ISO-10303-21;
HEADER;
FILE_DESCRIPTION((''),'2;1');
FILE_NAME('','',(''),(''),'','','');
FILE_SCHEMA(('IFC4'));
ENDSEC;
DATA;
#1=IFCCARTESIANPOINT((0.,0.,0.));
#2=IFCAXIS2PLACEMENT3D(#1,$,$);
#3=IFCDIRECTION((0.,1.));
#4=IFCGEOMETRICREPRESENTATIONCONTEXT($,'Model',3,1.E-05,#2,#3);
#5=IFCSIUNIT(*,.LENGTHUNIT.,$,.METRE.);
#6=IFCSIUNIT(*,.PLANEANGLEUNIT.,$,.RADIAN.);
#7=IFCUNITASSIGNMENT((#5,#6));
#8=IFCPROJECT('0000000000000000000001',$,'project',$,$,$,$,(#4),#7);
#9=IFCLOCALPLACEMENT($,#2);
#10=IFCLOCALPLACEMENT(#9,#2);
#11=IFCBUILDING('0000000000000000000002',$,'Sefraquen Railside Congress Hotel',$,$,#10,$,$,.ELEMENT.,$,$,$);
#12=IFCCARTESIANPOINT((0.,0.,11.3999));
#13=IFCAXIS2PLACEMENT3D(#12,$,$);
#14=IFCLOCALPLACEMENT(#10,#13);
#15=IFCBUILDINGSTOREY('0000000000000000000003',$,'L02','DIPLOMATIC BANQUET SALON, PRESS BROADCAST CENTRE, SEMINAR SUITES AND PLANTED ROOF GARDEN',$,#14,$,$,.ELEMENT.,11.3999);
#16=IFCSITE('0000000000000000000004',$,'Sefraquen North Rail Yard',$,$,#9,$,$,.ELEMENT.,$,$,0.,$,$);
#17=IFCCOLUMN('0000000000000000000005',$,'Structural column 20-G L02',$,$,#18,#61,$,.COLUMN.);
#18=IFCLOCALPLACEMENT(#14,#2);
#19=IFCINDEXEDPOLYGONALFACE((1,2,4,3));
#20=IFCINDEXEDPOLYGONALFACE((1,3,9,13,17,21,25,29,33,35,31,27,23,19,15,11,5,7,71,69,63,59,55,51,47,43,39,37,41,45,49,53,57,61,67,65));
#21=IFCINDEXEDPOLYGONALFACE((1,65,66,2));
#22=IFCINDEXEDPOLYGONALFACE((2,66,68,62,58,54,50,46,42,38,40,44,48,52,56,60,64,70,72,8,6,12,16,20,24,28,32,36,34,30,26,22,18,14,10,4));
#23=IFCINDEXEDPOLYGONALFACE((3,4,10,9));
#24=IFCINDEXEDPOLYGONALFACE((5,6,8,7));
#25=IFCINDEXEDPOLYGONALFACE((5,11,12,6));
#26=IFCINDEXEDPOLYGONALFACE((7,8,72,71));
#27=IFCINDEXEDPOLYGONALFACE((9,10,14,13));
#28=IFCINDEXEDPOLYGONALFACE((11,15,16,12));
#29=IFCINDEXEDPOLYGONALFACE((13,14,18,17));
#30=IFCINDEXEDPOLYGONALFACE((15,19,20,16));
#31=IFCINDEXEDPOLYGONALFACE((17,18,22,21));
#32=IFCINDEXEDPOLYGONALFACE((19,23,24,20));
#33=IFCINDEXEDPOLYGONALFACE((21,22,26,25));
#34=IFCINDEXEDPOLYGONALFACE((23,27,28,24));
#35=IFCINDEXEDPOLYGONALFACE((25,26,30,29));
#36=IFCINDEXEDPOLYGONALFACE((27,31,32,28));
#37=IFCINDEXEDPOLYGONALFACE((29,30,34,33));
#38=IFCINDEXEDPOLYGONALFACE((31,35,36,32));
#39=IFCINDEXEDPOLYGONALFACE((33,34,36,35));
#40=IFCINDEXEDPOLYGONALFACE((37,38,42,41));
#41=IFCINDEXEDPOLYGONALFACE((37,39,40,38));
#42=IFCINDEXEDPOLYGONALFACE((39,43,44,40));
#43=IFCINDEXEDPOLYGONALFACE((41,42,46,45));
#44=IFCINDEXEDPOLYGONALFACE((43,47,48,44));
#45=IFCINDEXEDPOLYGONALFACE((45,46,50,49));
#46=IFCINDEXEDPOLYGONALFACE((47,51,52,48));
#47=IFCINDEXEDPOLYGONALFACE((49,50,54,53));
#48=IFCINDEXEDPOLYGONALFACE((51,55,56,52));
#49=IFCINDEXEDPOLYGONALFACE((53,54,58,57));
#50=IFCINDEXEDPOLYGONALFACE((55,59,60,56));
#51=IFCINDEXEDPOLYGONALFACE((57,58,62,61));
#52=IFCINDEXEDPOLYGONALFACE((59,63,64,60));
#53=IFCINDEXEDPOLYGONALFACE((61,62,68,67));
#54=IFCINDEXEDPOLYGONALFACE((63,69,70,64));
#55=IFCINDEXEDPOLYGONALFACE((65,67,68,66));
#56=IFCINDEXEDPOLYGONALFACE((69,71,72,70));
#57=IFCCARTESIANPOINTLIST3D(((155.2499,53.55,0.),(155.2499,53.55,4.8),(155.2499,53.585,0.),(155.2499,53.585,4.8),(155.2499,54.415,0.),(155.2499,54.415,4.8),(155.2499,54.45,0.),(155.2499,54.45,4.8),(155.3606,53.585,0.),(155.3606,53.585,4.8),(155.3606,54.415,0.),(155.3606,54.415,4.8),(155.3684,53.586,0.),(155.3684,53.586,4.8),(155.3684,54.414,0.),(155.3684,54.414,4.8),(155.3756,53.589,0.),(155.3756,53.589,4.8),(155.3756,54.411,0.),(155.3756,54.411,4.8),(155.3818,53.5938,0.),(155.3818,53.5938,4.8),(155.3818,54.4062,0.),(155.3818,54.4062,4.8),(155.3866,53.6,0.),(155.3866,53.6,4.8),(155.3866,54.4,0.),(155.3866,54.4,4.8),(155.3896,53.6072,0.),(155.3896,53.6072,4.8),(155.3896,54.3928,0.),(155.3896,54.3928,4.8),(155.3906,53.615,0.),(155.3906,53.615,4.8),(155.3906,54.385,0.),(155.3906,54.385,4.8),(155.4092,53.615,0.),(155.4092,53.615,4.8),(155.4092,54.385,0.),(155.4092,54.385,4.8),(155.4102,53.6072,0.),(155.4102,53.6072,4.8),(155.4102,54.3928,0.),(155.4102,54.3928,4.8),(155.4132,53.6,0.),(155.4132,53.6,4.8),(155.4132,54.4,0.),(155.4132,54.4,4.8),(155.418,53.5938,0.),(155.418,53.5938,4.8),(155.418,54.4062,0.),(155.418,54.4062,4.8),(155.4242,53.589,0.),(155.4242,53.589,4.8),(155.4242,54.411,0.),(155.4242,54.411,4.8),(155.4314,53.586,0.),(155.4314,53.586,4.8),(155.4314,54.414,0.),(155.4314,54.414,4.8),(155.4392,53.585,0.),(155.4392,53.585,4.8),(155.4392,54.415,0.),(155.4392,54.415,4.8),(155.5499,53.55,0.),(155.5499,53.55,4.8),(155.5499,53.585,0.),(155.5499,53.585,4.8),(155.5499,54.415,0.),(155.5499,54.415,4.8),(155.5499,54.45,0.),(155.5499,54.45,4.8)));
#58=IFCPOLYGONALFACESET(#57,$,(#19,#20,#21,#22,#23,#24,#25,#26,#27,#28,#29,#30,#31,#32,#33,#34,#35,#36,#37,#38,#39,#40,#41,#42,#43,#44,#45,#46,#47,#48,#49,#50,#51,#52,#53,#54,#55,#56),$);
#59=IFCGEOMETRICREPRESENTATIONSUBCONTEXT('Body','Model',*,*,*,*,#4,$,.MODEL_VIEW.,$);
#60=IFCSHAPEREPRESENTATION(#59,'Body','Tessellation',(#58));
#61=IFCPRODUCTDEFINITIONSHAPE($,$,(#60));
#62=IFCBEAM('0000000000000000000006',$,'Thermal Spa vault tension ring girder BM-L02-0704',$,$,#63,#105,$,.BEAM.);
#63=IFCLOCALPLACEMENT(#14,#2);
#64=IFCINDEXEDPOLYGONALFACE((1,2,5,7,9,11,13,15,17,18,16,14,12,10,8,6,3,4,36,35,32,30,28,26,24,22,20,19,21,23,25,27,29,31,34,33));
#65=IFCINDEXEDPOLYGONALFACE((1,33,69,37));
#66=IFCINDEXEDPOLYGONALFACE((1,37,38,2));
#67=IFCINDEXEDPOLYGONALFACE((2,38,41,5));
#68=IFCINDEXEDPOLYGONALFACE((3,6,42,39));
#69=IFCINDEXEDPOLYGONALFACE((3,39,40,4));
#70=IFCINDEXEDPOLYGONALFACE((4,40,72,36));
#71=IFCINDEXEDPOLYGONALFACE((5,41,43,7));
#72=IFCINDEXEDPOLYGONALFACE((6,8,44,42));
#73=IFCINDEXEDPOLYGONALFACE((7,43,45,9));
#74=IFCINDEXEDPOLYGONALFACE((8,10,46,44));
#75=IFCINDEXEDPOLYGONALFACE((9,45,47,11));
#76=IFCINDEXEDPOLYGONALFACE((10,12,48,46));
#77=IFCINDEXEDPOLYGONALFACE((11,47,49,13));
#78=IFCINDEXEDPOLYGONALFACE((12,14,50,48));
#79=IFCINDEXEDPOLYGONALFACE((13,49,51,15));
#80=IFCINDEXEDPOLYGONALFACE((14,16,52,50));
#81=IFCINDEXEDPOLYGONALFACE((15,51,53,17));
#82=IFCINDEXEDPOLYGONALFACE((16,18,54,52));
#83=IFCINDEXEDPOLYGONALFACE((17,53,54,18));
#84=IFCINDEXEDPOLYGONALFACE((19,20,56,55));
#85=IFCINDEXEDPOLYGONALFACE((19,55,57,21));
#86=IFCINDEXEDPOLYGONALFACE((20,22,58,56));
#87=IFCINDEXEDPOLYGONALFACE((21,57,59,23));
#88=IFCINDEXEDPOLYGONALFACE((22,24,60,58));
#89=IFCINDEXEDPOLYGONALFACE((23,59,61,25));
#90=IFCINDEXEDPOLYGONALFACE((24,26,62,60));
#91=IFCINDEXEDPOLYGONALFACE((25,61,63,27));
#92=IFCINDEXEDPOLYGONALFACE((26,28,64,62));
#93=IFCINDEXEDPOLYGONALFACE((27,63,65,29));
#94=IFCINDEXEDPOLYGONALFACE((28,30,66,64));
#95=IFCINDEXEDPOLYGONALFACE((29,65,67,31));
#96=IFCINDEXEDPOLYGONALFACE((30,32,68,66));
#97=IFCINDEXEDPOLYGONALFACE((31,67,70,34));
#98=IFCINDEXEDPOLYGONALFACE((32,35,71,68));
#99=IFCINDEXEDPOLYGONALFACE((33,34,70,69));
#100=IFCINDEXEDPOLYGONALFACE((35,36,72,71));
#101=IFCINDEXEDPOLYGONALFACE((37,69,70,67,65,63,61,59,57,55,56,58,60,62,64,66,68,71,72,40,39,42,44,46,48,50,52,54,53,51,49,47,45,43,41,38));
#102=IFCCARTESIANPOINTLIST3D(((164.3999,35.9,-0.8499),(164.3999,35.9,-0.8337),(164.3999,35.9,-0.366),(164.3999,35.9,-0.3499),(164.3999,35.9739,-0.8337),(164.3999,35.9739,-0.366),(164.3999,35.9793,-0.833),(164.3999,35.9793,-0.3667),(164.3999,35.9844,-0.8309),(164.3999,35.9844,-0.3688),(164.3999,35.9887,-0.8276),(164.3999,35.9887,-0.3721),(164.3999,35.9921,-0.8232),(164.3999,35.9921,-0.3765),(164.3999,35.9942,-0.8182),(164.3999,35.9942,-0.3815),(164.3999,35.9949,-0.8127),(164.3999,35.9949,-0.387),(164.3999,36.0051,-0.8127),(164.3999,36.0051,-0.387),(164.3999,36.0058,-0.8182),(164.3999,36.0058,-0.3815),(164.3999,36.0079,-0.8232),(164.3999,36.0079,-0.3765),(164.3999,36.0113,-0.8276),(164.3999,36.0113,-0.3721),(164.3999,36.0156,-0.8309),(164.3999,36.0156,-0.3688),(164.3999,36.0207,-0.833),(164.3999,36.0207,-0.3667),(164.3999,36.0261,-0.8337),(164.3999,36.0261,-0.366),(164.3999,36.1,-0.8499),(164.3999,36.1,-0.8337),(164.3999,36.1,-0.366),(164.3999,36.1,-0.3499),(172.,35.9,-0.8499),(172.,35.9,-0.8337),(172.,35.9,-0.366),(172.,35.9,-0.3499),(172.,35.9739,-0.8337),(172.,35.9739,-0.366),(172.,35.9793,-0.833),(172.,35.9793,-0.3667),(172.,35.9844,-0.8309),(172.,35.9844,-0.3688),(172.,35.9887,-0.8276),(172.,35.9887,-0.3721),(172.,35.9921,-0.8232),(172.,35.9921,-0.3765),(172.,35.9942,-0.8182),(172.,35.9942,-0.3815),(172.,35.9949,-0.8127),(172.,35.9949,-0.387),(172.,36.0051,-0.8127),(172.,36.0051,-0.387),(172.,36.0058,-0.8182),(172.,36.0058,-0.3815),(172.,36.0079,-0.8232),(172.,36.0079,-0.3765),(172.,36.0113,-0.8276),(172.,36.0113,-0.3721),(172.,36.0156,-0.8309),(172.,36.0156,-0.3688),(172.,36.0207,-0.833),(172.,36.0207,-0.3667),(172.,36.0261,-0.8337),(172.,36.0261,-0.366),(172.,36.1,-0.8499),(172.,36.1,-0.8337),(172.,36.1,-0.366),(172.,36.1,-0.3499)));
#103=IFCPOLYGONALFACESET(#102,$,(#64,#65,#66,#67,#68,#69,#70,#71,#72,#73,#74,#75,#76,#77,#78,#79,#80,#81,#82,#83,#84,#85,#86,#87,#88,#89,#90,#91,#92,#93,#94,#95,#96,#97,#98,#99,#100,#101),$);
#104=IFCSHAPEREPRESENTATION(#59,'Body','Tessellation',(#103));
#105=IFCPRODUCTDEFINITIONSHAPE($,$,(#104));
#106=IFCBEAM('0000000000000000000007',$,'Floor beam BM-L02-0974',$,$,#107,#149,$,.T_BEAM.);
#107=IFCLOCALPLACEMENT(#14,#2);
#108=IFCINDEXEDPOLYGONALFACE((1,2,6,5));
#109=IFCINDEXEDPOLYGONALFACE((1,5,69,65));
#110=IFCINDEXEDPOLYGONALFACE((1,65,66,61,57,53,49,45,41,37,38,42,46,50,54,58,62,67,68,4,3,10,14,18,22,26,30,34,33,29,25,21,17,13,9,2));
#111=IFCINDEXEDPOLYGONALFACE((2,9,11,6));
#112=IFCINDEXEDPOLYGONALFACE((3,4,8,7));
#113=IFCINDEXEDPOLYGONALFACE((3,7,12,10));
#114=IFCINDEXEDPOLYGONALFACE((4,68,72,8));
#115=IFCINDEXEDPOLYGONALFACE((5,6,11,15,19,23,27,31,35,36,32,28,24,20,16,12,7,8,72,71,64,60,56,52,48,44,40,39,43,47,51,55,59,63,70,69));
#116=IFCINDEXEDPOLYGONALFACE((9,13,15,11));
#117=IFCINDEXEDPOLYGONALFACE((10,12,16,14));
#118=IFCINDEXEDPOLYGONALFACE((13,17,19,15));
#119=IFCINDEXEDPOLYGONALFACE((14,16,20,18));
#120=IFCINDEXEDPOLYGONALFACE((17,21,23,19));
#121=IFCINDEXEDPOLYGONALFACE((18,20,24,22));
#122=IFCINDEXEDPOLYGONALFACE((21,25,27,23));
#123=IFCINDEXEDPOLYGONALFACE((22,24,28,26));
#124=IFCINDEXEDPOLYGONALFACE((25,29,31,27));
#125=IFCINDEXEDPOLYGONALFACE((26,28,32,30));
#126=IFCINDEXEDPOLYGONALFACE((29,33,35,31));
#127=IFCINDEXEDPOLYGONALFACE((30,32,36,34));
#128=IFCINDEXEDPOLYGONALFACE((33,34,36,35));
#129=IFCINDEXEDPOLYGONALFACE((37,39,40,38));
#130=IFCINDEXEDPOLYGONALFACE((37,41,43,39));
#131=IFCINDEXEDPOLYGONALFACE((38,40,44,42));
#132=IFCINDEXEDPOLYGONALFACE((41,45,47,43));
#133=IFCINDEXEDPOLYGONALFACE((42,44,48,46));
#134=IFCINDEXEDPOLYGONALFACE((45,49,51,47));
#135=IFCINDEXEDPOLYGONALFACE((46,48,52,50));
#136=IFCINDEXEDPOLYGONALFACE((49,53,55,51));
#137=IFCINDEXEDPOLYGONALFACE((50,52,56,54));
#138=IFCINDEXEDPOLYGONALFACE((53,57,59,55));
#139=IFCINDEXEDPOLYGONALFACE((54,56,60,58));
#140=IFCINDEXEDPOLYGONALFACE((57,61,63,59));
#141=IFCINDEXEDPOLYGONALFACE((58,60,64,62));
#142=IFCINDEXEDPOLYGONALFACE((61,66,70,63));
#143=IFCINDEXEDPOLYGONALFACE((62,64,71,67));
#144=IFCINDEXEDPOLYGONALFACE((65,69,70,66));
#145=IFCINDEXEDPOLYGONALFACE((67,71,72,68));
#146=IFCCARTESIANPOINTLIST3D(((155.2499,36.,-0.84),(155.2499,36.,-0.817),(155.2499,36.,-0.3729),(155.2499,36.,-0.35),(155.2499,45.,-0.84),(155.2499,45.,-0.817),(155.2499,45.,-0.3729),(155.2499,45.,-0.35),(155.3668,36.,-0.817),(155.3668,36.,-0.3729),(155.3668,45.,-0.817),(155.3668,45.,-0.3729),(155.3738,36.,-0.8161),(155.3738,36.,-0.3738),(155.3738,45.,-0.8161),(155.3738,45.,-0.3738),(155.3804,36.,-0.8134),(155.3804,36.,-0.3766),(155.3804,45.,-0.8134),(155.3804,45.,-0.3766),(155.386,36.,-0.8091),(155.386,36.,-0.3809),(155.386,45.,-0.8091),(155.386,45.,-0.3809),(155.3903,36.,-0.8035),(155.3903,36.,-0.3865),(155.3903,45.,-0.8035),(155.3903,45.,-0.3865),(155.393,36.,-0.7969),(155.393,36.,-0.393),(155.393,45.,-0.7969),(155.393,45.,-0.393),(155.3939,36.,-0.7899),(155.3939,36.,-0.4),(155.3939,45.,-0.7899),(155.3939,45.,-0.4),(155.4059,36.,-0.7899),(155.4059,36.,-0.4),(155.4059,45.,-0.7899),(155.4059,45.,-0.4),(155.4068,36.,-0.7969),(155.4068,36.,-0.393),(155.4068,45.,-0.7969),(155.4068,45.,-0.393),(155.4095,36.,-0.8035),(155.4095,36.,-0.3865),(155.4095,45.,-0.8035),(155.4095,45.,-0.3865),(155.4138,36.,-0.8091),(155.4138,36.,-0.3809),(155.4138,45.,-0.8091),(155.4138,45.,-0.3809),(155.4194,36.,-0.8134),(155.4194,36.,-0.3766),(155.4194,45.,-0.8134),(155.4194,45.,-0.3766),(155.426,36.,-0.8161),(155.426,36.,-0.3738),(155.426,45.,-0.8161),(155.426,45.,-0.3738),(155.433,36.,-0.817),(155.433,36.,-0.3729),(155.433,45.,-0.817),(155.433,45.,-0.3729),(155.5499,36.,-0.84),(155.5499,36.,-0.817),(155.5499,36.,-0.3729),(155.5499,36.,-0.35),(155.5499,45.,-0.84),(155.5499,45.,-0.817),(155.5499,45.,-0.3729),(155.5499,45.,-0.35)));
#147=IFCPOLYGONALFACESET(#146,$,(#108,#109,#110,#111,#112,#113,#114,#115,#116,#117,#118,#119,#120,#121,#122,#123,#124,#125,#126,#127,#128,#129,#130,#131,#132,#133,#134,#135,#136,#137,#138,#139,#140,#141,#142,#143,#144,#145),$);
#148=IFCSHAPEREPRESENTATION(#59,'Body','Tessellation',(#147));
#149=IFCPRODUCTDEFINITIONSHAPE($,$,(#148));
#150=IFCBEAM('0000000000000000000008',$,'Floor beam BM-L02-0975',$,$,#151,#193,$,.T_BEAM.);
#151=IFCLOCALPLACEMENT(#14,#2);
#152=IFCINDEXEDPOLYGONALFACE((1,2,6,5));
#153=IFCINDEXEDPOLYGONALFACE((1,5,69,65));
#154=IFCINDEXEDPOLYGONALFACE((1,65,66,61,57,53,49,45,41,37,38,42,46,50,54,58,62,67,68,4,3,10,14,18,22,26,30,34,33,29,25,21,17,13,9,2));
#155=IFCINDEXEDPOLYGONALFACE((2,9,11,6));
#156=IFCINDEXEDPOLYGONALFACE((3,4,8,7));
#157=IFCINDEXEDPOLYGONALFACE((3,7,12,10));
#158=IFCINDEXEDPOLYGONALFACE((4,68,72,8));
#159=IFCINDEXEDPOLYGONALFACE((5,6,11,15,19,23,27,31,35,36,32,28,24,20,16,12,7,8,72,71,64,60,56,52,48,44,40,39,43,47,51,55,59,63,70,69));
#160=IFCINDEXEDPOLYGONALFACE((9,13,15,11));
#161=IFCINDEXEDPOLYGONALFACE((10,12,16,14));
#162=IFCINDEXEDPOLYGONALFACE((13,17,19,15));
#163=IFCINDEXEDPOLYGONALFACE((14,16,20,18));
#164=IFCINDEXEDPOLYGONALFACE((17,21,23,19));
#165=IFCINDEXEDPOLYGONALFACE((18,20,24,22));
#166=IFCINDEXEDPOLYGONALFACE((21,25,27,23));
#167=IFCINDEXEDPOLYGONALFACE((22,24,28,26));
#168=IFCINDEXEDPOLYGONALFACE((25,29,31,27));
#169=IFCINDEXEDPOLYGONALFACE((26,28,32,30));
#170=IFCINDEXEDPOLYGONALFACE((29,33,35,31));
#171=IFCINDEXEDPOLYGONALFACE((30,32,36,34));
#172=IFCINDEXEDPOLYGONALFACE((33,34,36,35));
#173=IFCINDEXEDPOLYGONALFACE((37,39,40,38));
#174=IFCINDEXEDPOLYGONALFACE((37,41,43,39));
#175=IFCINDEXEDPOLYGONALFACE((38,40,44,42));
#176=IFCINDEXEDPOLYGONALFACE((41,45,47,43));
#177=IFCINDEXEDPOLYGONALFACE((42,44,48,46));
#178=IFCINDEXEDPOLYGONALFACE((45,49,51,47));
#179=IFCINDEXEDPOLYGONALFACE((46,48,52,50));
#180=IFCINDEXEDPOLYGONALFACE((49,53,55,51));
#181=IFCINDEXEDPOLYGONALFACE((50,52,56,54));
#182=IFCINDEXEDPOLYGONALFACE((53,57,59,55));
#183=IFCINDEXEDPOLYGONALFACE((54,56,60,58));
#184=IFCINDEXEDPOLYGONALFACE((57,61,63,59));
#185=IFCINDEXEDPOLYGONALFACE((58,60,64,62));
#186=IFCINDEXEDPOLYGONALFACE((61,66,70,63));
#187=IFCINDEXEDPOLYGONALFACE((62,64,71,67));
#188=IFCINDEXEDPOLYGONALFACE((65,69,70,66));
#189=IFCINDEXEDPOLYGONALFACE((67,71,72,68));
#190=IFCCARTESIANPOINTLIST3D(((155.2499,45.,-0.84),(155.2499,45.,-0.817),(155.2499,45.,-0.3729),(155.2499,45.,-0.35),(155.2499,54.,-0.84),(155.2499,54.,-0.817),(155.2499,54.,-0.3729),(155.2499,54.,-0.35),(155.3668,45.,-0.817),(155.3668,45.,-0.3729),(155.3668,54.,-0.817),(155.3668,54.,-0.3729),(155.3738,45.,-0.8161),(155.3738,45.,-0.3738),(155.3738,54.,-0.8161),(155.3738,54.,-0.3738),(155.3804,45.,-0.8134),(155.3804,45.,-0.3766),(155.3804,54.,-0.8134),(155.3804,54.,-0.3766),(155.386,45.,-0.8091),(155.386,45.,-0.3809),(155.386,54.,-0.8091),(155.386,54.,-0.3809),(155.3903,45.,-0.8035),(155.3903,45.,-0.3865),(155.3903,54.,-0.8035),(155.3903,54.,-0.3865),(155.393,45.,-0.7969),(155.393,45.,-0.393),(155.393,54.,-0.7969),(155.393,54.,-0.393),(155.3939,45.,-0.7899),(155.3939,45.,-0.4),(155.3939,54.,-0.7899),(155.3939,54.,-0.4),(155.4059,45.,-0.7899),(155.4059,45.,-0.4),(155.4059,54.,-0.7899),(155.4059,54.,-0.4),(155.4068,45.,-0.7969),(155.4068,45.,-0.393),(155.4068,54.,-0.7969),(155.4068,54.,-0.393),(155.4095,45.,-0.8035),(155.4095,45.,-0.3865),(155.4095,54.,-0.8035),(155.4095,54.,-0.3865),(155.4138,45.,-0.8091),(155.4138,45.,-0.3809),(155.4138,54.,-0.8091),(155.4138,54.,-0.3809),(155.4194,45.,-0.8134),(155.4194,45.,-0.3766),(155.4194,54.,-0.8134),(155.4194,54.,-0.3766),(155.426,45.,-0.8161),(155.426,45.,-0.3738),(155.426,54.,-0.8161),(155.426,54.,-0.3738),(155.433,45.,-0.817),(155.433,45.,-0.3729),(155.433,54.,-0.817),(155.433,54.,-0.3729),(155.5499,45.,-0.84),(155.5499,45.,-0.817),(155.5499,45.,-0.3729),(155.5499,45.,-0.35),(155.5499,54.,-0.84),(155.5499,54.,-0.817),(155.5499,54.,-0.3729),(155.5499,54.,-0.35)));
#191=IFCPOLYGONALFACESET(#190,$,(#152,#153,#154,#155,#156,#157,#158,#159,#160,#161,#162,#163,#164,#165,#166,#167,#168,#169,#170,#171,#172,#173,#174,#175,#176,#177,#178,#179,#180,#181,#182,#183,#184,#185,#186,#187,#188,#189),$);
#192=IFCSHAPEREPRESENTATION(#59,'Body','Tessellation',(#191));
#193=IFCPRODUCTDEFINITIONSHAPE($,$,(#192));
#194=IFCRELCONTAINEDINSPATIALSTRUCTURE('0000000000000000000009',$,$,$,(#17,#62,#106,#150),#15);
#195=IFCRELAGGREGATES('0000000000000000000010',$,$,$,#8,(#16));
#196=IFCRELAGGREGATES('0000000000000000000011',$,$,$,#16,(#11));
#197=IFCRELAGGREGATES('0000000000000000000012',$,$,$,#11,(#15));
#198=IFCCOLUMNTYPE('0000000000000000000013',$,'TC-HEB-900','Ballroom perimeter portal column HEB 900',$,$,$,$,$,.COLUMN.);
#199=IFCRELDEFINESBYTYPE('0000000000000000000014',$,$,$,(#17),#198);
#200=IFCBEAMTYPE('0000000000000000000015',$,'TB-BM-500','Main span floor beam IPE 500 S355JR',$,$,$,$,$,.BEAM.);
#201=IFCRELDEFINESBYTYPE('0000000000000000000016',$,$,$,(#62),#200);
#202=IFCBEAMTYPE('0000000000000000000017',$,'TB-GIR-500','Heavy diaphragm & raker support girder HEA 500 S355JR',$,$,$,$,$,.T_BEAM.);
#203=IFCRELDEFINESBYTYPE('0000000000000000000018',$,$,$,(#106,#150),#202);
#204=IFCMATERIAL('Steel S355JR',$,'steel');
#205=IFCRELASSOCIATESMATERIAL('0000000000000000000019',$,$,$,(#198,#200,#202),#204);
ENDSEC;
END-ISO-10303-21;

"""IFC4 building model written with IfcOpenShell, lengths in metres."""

from ifc_helpers import new_model, si_unit, direction, frame, origin, origin_2d, place, context, subcontext, project, spatial, i_section, extrude, material, material_profile, profile_set, type_object, element, save


model = new_model("IFC4")

# Units and contexts
model_context = context("Model", 3, precision=1e-05, world=origin(), true_north=direction((0.0, 1.0)))
body_context = subcontext(model_context, "Body", "Model", "MODEL_VIEW")
ifc_project = project(units=[si_unit("LENGTHUNIT", "METRE"), si_unit("PLANEANGLEUNIT", "RADIAN")], contexts=[model_context])

# Site, building, storey
site_placement = place(None, origin())
site = spatial("IfcSite", under=ifc_project, at=site_placement, Name="Sefraquen North Rail Yard", CompositionType="ELEMENT", RefElevation=0.0)
building_placement = place(site_placement, origin())
building = spatial("IfcBuilding", under=site, at=building_placement, Name="Sefraquen Railside Congress Hotel", CompositionType="ELEMENT")
storey_placement = place(building_placement, frame((0.0, 0.0, 11.3999)))
storey = spatial("IfcBuildingStorey", under=building, at=storey_placement, Name="L02", Description="DIPLOMATIC BANQUET SALON, PRESS BROADCAST CENTRE, SEMINAR SUITES AND PLANTED ROOF GARDEN", CompositionType="ELEMENT", Elevation=11.3999)

# Column
ifc_material_1 = material(Name="Steel S355JR", Category="steel")
ifc_material_profile_1 = material_profile(ifc_material_1, i_section(OverallWidth=0.3, OverallDepth=0.8999, WebThickness=0.0186, FlangeThickness=0.0349, FilletRadius=0.03, at=origin_2d()), Name="HEB 900")
ifc_profile_set_1 = profile_set([ifc_material_profile_1], Name="Steel S355JR")
column_type = type_object("IfcColumnType", Name="TC-HEB-900", Description="Ballroom perimeter portal column HEB 900", PredefinedType="COLUMN", material=ifc_profile_set_1)
column_placement = place(storey_placement, frame((155.3999, 54.0, 0.0), z_axis=(0.0, 0.0, 1.0), x_axis=(1.0, 0.0, 0.0)))
element("IfcColumn", 1, at=column_placement, inside=storey, type_object=column_type, Name="Structural column 20-G L02", PredefinedType="COLUMN", context=body_context, shape_type="SweptSolid", body=[
    extrude(i_section(OverallWidth=0.3, OverallDepth=0.8999, WebThickness=0.0186, FlangeThickness=0.0349, FilletRadius=0.03, at=origin_2d()), origin(), (0.0, 0.0, 1.0), 4.8),
])

# Beams
ifc_material_profile_2 = material_profile(ifc_material_1, i_section(OverallWidth=0.2, OverallDepth=0.5, WebThickness=0.0103, FlangeThickness=0.0161, FilletRadius=0.021, at=origin_2d()), Name="IPE 500")
ifc_profile_set_2 = profile_set([ifc_material_profile_2], Name="Steel S355JR")
beam_type_1 = type_object("IfcBeamType", Name="TB-BM-500", Description="Main span floor beam IPE 500 S355JR", PredefinedType="BEAM", material=ifc_profile_set_2)
beam_placement = place(storey_placement, frame((164.3999, 36.0, -0.5999), z_axis=(1.0, 0.0, 0.0), x_axis=(0.0, 1.0, 0.0)))
element("IfcBeam", 2, at=beam_placement, inside=storey, type_object=beam_type_1, Name="Thermal Spa vault tension ring girder BM-L02-0704", PredefinedType="BEAM", context=body_context, shape_type="SweptSolid", body=[
    extrude(i_section(OverallWidth=0.2, OverallDepth=0.5, WebThickness=0.0103, FlangeThickness=0.0161, FilletRadius=0.021, at=origin_2d()), origin(), (0.0, 0.0, 1.0), 7.6001),
])
ifc_material_profile_3 = material_profile(ifc_material_1, i_section(OverallWidth=0.3, OverallDepth=0.49, WebThickness=0.012, FlangeThickness=0.0229, FilletRadius=0.0271, at=origin_2d()), Name="HEA 500")
ifc_profile_set_3 = profile_set([ifc_material_profile_3], Name="Steel S355JR")
beam_type_2 = type_object("IfcBeamType", Name="TB-GIR-500", Description="Heavy diaphragm & raker support girder HEA 500 S355JR", PredefinedType="T_BEAM", material=ifc_profile_set_3)
for number, where, z_axis, x_axis, name in (
    (3, (155.3999, 36.0, -0.595), (0.0, 1.0, 0.0), (-1.0, 0.0, 0.0), "Floor beam BM-L02-0974"),
    (4, (155.3999, 45.0, -0.595), (0.0, 1.0, 0.0), (-1.0, 0.0, 0.0), "Floor beam BM-L02-0975"),
):
    element("IfcBeam", number, at=place(storey_placement, frame(where, z_axis=z_axis, x_axis=x_axis)), inside=storey, type_object=beam_type_2, Name=name, PredefinedType="T_BEAM", context=body_context, shape_type="SweptSolid", body=[
        extrude(i_section(OverallWidth=0.3, OverallDepth=0.49, WebThickness=0.012, FlangeThickness=0.0229, FilletRadius=0.0271, at=origin_2d()), origin(), (0.0, 0.0, 1.0), 9.0),
    ])

save(model, "model.ifc")
